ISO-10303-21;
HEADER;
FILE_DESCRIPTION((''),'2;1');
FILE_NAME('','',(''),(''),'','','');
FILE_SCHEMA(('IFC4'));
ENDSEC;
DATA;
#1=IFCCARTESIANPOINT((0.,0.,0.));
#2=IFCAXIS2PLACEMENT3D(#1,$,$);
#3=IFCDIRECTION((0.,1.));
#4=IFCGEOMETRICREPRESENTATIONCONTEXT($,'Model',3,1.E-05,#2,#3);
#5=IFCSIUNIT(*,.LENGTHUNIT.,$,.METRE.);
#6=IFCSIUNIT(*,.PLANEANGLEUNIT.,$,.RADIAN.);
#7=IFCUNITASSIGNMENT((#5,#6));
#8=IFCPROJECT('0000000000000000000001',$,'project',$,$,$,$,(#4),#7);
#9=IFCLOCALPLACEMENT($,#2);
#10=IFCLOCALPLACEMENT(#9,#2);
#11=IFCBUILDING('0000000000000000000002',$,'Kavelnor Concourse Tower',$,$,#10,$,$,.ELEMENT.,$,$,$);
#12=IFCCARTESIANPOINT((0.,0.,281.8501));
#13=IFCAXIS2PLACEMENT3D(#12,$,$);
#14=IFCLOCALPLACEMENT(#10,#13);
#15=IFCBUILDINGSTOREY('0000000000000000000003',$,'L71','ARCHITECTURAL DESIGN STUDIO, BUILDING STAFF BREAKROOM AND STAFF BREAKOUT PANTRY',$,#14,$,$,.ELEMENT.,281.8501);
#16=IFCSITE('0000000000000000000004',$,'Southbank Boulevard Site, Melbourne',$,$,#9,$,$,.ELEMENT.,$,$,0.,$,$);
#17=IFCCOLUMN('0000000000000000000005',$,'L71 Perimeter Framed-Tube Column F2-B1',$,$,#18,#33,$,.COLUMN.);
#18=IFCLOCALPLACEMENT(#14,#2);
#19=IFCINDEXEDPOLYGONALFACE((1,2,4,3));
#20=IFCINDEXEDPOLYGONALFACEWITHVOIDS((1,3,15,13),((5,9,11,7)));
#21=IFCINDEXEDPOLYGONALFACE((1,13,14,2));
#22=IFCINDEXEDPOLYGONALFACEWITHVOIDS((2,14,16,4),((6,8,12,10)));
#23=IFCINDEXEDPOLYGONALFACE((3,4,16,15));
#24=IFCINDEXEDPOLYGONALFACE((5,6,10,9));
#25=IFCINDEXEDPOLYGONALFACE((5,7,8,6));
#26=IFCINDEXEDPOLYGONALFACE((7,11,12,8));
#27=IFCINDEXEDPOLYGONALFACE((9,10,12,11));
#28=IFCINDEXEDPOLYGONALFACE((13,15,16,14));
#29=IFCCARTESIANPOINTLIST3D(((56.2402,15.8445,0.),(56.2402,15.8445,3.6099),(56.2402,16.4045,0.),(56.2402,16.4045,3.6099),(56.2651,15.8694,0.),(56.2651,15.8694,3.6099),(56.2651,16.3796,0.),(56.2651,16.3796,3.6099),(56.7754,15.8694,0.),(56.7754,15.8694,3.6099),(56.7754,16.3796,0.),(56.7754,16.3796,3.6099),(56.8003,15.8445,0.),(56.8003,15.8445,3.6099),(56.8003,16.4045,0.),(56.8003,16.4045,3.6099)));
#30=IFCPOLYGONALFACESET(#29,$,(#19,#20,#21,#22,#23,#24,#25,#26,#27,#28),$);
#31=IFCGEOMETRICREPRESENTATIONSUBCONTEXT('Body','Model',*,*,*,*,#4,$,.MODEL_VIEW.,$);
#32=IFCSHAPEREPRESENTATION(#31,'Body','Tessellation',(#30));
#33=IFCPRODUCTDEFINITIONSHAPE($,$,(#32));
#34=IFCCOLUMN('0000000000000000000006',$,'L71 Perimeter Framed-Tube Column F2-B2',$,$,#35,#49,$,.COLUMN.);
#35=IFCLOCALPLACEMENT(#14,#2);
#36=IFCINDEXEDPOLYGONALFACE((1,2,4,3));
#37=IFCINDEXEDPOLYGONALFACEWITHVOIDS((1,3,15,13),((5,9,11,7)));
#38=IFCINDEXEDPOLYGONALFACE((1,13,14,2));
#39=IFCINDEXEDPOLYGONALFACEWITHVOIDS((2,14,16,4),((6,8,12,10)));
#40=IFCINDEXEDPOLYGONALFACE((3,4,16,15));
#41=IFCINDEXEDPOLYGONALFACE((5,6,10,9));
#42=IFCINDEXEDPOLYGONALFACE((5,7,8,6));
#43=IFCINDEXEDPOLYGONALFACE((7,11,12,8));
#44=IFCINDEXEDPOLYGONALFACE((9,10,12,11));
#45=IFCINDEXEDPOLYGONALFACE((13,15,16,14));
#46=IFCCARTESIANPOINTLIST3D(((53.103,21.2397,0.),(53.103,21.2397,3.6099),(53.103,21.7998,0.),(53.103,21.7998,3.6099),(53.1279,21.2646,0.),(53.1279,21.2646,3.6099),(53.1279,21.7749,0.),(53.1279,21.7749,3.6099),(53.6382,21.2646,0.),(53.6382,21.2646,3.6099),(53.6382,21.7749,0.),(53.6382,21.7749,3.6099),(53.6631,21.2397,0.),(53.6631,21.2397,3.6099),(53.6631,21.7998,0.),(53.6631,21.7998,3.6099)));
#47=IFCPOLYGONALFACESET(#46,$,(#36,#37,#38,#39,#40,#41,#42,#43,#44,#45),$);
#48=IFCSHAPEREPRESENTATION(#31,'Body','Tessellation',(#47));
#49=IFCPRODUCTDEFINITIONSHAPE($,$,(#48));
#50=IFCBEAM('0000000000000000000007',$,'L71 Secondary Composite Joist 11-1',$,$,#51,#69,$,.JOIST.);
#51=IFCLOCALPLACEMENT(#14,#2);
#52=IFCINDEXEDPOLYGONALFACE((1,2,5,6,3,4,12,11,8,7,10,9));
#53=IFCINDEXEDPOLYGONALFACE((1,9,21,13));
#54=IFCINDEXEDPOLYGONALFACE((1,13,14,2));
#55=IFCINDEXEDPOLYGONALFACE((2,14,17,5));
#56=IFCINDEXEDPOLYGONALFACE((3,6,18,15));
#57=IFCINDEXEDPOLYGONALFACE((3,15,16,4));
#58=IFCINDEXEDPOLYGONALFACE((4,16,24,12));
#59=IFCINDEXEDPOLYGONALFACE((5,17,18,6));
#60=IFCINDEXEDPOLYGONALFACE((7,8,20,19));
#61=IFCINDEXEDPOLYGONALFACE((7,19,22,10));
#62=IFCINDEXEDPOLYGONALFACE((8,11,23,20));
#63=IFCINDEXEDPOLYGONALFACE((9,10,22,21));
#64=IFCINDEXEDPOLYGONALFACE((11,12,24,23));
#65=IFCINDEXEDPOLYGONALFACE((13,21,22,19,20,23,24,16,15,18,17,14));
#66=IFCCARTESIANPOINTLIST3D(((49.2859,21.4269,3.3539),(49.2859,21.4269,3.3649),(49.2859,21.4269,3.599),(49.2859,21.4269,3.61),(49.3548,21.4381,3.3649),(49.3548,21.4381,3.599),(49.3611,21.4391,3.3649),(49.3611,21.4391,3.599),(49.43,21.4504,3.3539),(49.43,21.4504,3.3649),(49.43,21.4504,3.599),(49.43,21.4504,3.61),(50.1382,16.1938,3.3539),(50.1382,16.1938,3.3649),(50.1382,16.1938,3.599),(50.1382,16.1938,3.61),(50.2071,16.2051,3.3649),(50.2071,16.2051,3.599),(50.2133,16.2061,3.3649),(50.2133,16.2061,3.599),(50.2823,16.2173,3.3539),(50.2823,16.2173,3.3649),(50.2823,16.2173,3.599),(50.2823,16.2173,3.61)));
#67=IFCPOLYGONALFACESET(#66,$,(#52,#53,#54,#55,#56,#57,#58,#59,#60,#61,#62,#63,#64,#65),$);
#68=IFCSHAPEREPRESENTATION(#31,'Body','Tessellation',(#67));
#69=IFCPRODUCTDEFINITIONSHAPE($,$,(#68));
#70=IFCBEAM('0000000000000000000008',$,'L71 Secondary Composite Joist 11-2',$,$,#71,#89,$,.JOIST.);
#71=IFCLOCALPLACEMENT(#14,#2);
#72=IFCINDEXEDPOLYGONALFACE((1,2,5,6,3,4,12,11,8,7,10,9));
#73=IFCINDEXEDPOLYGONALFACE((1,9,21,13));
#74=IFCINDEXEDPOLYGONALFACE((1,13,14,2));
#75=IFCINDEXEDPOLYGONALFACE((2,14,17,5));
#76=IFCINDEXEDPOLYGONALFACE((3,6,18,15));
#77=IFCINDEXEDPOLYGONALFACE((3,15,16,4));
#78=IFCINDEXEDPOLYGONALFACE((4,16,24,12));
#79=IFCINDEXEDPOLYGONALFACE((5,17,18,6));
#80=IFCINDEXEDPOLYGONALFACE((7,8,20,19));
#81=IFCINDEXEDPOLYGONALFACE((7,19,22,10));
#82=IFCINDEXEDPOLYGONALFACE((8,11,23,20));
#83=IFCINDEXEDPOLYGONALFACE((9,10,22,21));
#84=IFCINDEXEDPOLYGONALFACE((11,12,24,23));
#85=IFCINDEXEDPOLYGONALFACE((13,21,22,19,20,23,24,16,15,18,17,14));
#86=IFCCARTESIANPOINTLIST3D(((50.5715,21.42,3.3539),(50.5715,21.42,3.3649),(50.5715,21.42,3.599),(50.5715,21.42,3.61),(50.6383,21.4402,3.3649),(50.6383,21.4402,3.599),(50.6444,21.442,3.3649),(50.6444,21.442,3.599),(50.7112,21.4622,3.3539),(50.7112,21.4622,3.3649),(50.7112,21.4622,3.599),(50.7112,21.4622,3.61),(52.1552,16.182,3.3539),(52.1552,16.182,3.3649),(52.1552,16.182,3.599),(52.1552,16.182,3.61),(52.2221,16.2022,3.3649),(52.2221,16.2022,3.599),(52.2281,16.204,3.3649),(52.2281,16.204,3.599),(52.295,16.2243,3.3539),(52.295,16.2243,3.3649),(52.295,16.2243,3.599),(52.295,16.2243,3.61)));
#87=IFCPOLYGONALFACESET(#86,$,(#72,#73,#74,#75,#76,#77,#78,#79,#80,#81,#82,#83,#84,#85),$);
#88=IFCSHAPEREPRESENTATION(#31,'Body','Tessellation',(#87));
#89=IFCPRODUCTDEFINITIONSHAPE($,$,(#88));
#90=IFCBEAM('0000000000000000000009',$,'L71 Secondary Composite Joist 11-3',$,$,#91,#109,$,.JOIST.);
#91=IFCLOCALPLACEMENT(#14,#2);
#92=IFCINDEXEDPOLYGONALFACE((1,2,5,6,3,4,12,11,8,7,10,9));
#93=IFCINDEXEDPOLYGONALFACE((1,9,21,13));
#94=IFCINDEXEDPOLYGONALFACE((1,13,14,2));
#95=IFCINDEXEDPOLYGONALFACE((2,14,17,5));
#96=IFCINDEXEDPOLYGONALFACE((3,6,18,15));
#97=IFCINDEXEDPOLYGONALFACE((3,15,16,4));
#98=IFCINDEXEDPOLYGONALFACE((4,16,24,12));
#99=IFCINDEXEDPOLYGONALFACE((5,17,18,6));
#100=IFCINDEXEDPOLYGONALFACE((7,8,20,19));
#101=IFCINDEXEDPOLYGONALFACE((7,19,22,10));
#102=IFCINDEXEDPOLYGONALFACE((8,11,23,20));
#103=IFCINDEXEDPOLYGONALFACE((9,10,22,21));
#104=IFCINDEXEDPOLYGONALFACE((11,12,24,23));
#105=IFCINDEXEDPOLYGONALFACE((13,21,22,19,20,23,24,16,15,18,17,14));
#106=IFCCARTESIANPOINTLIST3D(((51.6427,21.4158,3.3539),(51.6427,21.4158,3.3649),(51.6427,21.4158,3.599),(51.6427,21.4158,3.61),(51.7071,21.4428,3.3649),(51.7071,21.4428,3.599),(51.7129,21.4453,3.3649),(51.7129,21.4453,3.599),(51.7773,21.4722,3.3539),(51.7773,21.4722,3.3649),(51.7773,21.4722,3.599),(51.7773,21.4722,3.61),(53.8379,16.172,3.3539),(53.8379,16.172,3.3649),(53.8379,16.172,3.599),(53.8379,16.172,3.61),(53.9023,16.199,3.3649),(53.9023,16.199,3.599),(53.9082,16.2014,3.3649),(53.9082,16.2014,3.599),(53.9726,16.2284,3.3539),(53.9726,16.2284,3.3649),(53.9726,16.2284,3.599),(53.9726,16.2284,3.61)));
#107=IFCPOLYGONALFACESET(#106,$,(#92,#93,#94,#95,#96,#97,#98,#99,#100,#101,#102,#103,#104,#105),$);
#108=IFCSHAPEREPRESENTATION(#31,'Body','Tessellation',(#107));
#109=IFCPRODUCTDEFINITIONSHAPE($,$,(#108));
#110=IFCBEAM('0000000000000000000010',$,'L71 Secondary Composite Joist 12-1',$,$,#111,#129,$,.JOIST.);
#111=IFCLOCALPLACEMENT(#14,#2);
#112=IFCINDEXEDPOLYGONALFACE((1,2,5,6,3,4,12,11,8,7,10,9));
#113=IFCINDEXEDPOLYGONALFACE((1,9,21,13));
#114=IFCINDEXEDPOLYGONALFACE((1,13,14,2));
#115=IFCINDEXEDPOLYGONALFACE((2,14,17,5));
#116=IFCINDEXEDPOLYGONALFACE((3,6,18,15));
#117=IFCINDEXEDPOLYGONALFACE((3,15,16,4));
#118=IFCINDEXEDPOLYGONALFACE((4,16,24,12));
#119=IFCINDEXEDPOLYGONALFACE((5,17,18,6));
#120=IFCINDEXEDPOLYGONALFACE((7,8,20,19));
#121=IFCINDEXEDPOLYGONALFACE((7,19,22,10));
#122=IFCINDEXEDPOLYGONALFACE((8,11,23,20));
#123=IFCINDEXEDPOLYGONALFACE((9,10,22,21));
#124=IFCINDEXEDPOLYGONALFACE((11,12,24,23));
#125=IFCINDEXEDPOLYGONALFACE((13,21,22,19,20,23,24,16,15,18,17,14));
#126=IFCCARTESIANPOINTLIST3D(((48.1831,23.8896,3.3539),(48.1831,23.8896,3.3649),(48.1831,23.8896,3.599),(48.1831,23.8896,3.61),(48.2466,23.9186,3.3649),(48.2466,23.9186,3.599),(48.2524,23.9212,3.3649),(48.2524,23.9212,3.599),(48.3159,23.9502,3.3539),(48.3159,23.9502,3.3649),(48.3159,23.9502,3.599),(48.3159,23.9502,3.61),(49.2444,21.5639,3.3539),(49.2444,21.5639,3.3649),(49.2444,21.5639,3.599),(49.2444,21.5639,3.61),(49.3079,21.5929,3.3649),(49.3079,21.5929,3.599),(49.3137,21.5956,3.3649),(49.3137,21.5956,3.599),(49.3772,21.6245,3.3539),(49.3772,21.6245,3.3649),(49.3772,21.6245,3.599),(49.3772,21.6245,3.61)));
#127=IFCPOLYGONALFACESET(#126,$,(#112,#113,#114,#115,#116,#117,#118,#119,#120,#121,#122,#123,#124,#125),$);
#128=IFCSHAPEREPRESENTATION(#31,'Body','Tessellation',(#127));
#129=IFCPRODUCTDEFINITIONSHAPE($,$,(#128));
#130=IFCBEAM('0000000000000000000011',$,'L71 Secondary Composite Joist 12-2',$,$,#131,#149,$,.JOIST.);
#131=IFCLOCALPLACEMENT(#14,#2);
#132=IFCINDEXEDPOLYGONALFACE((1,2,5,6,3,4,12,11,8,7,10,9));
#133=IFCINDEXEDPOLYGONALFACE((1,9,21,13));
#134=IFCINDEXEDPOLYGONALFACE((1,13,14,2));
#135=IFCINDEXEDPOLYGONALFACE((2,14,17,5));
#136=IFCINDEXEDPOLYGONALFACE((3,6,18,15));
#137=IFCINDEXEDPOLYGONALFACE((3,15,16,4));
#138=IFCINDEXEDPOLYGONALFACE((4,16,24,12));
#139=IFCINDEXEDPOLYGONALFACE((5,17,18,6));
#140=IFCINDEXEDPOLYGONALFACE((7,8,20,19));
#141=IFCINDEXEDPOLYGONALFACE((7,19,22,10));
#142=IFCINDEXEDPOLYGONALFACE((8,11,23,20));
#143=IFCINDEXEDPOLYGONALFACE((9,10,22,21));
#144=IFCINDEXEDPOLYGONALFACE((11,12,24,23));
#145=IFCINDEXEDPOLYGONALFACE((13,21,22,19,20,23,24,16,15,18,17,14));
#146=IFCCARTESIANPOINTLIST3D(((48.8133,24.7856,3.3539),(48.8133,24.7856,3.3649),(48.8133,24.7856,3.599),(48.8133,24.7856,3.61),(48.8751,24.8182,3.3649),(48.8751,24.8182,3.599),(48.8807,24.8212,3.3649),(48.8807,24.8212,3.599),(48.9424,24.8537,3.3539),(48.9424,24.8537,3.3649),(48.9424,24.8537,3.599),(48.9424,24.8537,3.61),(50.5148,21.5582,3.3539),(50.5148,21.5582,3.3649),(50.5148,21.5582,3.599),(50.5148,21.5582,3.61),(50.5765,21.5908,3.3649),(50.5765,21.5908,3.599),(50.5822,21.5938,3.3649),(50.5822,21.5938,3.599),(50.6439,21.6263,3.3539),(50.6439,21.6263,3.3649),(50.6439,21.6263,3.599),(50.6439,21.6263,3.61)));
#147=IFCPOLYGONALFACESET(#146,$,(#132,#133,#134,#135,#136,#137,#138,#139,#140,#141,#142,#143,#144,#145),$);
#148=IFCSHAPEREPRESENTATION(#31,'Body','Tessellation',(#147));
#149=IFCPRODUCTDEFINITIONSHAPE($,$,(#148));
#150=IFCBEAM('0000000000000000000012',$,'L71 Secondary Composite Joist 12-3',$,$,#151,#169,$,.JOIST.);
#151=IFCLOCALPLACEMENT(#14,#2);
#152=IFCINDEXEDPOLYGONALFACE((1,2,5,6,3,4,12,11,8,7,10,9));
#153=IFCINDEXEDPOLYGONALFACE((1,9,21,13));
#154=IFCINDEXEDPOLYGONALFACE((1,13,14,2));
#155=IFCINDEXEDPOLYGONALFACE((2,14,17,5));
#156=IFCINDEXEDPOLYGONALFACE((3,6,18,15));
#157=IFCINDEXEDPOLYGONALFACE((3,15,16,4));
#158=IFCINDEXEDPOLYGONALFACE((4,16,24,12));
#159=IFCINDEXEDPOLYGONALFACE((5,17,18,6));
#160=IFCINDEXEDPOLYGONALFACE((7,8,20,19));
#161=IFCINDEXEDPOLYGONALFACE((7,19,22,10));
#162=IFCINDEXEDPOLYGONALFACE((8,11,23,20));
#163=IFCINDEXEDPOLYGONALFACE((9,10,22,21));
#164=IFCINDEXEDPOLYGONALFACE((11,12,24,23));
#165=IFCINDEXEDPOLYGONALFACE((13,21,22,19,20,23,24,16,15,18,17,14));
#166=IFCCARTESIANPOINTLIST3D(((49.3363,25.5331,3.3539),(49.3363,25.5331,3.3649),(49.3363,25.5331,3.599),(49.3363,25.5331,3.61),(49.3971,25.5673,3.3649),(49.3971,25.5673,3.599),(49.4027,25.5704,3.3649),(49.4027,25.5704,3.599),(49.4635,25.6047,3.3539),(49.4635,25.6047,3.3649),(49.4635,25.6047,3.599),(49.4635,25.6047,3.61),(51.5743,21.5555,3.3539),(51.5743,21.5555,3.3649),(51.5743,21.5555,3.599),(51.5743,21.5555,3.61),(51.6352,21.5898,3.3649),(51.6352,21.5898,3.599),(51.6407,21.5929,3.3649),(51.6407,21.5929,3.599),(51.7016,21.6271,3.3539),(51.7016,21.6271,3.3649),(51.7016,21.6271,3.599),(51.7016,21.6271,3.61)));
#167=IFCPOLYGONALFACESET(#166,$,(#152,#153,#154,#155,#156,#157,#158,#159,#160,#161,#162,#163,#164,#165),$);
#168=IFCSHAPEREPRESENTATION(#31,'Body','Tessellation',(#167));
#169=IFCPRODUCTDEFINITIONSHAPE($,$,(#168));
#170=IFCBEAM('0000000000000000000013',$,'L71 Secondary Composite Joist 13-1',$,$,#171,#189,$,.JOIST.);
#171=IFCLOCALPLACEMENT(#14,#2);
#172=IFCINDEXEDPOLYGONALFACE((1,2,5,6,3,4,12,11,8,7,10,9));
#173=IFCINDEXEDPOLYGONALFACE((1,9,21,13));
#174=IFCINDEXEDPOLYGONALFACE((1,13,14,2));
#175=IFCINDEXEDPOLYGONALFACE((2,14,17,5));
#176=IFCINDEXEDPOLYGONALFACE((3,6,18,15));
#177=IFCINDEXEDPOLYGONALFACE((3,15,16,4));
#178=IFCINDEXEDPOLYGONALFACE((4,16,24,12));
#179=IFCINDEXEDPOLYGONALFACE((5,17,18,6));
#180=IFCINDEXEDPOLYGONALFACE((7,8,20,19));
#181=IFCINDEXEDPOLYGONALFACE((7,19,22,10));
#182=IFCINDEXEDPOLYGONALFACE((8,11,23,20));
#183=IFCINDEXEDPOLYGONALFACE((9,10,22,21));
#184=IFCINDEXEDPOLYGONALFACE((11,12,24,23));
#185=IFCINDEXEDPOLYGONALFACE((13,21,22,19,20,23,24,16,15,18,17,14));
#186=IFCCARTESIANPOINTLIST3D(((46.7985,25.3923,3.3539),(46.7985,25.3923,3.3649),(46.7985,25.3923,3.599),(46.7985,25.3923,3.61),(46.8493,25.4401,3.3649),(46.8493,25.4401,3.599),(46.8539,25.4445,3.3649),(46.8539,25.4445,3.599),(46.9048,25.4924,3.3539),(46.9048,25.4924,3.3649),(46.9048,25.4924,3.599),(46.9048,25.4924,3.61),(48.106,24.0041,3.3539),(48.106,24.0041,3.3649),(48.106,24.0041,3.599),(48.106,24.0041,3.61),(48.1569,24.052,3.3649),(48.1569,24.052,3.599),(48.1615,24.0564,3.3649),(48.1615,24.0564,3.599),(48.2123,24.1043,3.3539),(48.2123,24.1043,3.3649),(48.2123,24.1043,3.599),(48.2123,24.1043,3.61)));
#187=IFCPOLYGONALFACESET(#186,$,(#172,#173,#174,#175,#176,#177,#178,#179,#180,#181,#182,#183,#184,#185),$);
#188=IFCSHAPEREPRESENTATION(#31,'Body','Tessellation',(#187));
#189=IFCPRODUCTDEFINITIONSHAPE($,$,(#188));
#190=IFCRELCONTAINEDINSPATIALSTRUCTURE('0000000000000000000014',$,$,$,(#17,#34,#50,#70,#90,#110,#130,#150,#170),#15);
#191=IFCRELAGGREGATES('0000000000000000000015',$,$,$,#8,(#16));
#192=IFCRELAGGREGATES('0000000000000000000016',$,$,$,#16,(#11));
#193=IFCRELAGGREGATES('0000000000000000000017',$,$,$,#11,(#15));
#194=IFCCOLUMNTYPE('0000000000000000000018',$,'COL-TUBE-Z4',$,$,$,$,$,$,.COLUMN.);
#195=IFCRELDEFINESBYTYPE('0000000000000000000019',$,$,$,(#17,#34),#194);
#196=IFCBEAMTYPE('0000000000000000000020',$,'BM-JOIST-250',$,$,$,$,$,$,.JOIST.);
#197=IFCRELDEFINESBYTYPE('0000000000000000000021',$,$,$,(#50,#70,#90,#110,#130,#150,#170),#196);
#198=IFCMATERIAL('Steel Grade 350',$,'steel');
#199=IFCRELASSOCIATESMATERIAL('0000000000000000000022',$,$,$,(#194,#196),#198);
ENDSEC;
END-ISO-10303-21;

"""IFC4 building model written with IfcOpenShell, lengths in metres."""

from ifc_helpers import new_model, si_unit, direction, frame, origin, origin_2d, place, context, subcontext, project, spatial, hollow_rectangle, i_section, extrude, material, material_profile, profile_set, type_object, element, save


model = new_model("IFC4")

# Units and contexts
model_context = context("Model", 3, precision=1e-05, world=origin(), true_north=direction((0.0, 1.0)))
body_context = subcontext(model_context, "Body", "Model", "MODEL_VIEW")
ifc_project = project(units=[si_unit("LENGTHUNIT", "METRE"), si_unit("PLANEANGLEUNIT", "RADIAN")], contexts=[model_context])

# Site, building, storey
site_placement = place(None, origin())
site = spatial("IfcSite", under=ifc_project, at=site_placement, Name="Southbank Boulevard Site, Melbourne", CompositionType="ELEMENT", RefElevation=0.0)
building_placement = place(site_placement, origin())
building = spatial("IfcBuilding", under=site, at=building_placement, Name="Kavelnor Concourse Tower", CompositionType="ELEMENT")
storey_placement = place(building_placement, frame((0.0, 0.0, 281.8501)))
storey = spatial("IfcBuildingStorey", under=building, at=storey_placement, Name="L71", Description="ARCHITECTURAL DESIGN STUDIO, BUILDING STAFF BREAKROOM AND STAFF BREAKOUT PANTRY", CompositionType="ELEMENT", Elevation=281.8501)

# Columns
ifc_material_1 = material(Name="Steel Grade 350", Category="steel")
ifc_material_profile_1 = material_profile(ifc_material_1, hollow_rectangle(XDim=0.5601, YDim=0.5601, WallThickness=0.0249, at=origin_2d()), Name="SHS 560x560x25")
ifc_profile_set_1 = profile_set([ifc_material_profile_1], Name="Steel Grade 350")
column_type = type_object("IfcColumnType", Name="COL-TUBE-Z4", PredefinedType="COLUMN", material=ifc_profile_set_1)
for number, where, z_axis, x_axis, name in (
    (1, (56.5203, 16.1245, 0.0), (0.0, 0.0, 1.0), (1.0, 0.0, 0.0), "L71 Perimeter Framed-Tube Column F2-B1"),
    (2, (53.3831, 21.5198, 0.0), (0.0, 0.0, 1.0), (1.0, 0.0, 0.0), "L71 Perimeter Framed-Tube Column F2-B2"),
):
    element("IfcColumn", number, at=place(storey_placement, frame(where, z_axis=z_axis, x_axis=x_axis)), inside=storey, type_object=column_type, Name=name, PredefinedType="COLUMN", context=body_context, shape_type="SweptSolid", body=[
        extrude(hollow_rectangle(XDim=0.5601, YDim=0.5601, WallThickness=0.0249, at=origin_2d()), origin(), (0.0, 0.0, 1.0), 3.6099),
    ])

# Beams
ifc_material_profile_2 = material_profile(ifc_material_1, i_section(OverallWidth=0.146, OverallDepth=0.2561, WebThickness=0.0063, FlangeThickness=0.011, at=origin_2d()), Name="250UB37")
ifc_profile_set_2 = profile_set([ifc_material_profile_2], Name="Steel Grade 350")
beam_type_1 = type_object("IfcBeamType", Name="BM-JOIST-250", PredefinedType="JOIST", material=ifc_profile_set_2)
beam_1_placement = place(storey_placement, frame((50.2102, 16.2056, 3.4819), z_axis=(-0.160747, 0.986996, 0.0), x_axis=(-0.986996, -0.160747, 0.0)))
element("IfcBeam", 3, at=beam_1_placement, inside=storey, type_object=beam_type_1, Name="L71 Secondary Composite Joist 11-1", PredefinedType="JOIST", context=body_context, shape_type="SweptSolid", body=[
    extrude(i_section(OverallWidth=0.146, OverallDepth=0.2561, WebThickness=0.0063, FlangeThickness=0.011, at=origin_2d()), origin(), (0.0, 0.0, 1.0), 5.302),
])
beam_2_placement = place(storey_placement, frame((52.2251, 16.2031, 3.4819), z_axis=(-0.289414, 0.957204, 0.0), x_axis=(-0.957204, -0.289414, 0.0)))
element("IfcBeam", 4, at=beam_2_placement, inside=storey, type_object=beam_type_1, Name="L71 Secondary Composite Joist 11-2", PredefinedType="JOIST", context=body_context, shape_type="SweptSolid", body=[
    extrude(i_section(OverallWidth=0.146, OverallDepth=0.2561, WebThickness=0.0063, FlangeThickness=0.011, at=origin_2d()), origin(), (0.0, 0.0, 1.0), 5.4722),
])
beam_3_placement = place(storey_placement, frame((53.9053, 16.2002, 3.4819), z_axis=(-0.386167, 0.922429, 0.0), x_axis=(-0.922429, -0.386167, 0.0)))
element("IfcBeam", 5, at=beam_3_placement, inside=storey, type_object=beam_type_1, Name="L71 Secondary Composite Joist 11-3", PredefinedType="JOIST", context=body_context, shape_type="SweptSolid", body=[
    extrude(i_section(OverallWidth=0.146, OverallDepth=0.2561, WebThickness=0.0063, FlangeThickness=0.011, at=origin_2d()), origin(), (0.0, 0.0, 1.0), 5.6848),
])
beam_4_placement = place(storey_placement, frame((49.3108, 21.5942, 3.4819), z_axis=(-0.415148, 0.909754, 0.0), x_axis=(-0.909754, -0.415148, 0.0)))
element("IfcBeam", 6, at=beam_4_placement, inside=storey, type_object=beam_type_1, Name="L71 Secondary Composite Joist 12-1", PredefinedType="JOIST", context=body_context, shape_type="SweptSolid", body=[
    extrude(i_section(OverallWidth=0.146, OverallDepth=0.2561, WebThickness=0.0063, FlangeThickness=0.011, at=origin_2d()), origin(), (0.0, 0.0, 1.0), 2.5564),
])
beam_5_placement = place(storey_placement, frame((50.5793, 21.5923, 3.4819), z_axis=(-0.466356, 0.884597, 0.0), x_axis=(-0.884597, -0.466356, 0.0)))
element("IfcBeam", 7, at=beam_5_placement, inside=storey, type_object=beam_type_1, Name="L71 Secondary Composite Joist 12-2", PredefinedType="JOIST", context=body_context, shape_type="SweptSolid", body=[
    extrude(i_section(OverallWidth=0.146, OverallDepth=0.2561, WebThickness=0.0063, FlangeThickness=0.011, at=origin_2d()), origin(), (0.0, 0.0, 1.0), 3.6484),
])
beam_6_placement = place(storey_placement, frame((51.6379, 21.5913, 3.4819), z_axis=(-0.490373, 0.871513, 0.0), x_axis=(-0.871513, -0.490373, 0.0)))
element("IfcBeam", 8, at=beam_6_placement, inside=storey, type_object=beam_type_1, Name="L71 Secondary Composite Joist 12-3", PredefinedType="JOIST", context=body_context, shape_type="SweptSolid", body=[
    extrude(i_section(OverallWidth=0.146, OverallDepth=0.2561, WebThickness=0.0063, FlangeThickness=0.011, at=origin_2d()), origin(), (0.0, 0.0, 1.0), 4.564),
])
beam_7_placement = place(storey_placement, frame((48.1592, 24.0542, 3.4819), z_axis=(-0.685668, 0.727914, 0.0), x_axis=(-0.727914, -0.685668, 0.0)))
element("IfcBeam", 9, at=beam_7_placement, inside=storey, type_object=beam_type_1, Name="L71 Secondary Composite Joist 13-1", PredefinedType="JOIST", context=body_context, shape_type="SweptSolid", body=[
    extrude(i_section(OverallWidth=0.146, OverallDepth=0.2561, WebThickness=0.0063, FlangeThickness=0.011, at=origin_2d()), origin(), (0.0, 0.0, 1.0), 1.907),
])

save(model, "model.ifc")
